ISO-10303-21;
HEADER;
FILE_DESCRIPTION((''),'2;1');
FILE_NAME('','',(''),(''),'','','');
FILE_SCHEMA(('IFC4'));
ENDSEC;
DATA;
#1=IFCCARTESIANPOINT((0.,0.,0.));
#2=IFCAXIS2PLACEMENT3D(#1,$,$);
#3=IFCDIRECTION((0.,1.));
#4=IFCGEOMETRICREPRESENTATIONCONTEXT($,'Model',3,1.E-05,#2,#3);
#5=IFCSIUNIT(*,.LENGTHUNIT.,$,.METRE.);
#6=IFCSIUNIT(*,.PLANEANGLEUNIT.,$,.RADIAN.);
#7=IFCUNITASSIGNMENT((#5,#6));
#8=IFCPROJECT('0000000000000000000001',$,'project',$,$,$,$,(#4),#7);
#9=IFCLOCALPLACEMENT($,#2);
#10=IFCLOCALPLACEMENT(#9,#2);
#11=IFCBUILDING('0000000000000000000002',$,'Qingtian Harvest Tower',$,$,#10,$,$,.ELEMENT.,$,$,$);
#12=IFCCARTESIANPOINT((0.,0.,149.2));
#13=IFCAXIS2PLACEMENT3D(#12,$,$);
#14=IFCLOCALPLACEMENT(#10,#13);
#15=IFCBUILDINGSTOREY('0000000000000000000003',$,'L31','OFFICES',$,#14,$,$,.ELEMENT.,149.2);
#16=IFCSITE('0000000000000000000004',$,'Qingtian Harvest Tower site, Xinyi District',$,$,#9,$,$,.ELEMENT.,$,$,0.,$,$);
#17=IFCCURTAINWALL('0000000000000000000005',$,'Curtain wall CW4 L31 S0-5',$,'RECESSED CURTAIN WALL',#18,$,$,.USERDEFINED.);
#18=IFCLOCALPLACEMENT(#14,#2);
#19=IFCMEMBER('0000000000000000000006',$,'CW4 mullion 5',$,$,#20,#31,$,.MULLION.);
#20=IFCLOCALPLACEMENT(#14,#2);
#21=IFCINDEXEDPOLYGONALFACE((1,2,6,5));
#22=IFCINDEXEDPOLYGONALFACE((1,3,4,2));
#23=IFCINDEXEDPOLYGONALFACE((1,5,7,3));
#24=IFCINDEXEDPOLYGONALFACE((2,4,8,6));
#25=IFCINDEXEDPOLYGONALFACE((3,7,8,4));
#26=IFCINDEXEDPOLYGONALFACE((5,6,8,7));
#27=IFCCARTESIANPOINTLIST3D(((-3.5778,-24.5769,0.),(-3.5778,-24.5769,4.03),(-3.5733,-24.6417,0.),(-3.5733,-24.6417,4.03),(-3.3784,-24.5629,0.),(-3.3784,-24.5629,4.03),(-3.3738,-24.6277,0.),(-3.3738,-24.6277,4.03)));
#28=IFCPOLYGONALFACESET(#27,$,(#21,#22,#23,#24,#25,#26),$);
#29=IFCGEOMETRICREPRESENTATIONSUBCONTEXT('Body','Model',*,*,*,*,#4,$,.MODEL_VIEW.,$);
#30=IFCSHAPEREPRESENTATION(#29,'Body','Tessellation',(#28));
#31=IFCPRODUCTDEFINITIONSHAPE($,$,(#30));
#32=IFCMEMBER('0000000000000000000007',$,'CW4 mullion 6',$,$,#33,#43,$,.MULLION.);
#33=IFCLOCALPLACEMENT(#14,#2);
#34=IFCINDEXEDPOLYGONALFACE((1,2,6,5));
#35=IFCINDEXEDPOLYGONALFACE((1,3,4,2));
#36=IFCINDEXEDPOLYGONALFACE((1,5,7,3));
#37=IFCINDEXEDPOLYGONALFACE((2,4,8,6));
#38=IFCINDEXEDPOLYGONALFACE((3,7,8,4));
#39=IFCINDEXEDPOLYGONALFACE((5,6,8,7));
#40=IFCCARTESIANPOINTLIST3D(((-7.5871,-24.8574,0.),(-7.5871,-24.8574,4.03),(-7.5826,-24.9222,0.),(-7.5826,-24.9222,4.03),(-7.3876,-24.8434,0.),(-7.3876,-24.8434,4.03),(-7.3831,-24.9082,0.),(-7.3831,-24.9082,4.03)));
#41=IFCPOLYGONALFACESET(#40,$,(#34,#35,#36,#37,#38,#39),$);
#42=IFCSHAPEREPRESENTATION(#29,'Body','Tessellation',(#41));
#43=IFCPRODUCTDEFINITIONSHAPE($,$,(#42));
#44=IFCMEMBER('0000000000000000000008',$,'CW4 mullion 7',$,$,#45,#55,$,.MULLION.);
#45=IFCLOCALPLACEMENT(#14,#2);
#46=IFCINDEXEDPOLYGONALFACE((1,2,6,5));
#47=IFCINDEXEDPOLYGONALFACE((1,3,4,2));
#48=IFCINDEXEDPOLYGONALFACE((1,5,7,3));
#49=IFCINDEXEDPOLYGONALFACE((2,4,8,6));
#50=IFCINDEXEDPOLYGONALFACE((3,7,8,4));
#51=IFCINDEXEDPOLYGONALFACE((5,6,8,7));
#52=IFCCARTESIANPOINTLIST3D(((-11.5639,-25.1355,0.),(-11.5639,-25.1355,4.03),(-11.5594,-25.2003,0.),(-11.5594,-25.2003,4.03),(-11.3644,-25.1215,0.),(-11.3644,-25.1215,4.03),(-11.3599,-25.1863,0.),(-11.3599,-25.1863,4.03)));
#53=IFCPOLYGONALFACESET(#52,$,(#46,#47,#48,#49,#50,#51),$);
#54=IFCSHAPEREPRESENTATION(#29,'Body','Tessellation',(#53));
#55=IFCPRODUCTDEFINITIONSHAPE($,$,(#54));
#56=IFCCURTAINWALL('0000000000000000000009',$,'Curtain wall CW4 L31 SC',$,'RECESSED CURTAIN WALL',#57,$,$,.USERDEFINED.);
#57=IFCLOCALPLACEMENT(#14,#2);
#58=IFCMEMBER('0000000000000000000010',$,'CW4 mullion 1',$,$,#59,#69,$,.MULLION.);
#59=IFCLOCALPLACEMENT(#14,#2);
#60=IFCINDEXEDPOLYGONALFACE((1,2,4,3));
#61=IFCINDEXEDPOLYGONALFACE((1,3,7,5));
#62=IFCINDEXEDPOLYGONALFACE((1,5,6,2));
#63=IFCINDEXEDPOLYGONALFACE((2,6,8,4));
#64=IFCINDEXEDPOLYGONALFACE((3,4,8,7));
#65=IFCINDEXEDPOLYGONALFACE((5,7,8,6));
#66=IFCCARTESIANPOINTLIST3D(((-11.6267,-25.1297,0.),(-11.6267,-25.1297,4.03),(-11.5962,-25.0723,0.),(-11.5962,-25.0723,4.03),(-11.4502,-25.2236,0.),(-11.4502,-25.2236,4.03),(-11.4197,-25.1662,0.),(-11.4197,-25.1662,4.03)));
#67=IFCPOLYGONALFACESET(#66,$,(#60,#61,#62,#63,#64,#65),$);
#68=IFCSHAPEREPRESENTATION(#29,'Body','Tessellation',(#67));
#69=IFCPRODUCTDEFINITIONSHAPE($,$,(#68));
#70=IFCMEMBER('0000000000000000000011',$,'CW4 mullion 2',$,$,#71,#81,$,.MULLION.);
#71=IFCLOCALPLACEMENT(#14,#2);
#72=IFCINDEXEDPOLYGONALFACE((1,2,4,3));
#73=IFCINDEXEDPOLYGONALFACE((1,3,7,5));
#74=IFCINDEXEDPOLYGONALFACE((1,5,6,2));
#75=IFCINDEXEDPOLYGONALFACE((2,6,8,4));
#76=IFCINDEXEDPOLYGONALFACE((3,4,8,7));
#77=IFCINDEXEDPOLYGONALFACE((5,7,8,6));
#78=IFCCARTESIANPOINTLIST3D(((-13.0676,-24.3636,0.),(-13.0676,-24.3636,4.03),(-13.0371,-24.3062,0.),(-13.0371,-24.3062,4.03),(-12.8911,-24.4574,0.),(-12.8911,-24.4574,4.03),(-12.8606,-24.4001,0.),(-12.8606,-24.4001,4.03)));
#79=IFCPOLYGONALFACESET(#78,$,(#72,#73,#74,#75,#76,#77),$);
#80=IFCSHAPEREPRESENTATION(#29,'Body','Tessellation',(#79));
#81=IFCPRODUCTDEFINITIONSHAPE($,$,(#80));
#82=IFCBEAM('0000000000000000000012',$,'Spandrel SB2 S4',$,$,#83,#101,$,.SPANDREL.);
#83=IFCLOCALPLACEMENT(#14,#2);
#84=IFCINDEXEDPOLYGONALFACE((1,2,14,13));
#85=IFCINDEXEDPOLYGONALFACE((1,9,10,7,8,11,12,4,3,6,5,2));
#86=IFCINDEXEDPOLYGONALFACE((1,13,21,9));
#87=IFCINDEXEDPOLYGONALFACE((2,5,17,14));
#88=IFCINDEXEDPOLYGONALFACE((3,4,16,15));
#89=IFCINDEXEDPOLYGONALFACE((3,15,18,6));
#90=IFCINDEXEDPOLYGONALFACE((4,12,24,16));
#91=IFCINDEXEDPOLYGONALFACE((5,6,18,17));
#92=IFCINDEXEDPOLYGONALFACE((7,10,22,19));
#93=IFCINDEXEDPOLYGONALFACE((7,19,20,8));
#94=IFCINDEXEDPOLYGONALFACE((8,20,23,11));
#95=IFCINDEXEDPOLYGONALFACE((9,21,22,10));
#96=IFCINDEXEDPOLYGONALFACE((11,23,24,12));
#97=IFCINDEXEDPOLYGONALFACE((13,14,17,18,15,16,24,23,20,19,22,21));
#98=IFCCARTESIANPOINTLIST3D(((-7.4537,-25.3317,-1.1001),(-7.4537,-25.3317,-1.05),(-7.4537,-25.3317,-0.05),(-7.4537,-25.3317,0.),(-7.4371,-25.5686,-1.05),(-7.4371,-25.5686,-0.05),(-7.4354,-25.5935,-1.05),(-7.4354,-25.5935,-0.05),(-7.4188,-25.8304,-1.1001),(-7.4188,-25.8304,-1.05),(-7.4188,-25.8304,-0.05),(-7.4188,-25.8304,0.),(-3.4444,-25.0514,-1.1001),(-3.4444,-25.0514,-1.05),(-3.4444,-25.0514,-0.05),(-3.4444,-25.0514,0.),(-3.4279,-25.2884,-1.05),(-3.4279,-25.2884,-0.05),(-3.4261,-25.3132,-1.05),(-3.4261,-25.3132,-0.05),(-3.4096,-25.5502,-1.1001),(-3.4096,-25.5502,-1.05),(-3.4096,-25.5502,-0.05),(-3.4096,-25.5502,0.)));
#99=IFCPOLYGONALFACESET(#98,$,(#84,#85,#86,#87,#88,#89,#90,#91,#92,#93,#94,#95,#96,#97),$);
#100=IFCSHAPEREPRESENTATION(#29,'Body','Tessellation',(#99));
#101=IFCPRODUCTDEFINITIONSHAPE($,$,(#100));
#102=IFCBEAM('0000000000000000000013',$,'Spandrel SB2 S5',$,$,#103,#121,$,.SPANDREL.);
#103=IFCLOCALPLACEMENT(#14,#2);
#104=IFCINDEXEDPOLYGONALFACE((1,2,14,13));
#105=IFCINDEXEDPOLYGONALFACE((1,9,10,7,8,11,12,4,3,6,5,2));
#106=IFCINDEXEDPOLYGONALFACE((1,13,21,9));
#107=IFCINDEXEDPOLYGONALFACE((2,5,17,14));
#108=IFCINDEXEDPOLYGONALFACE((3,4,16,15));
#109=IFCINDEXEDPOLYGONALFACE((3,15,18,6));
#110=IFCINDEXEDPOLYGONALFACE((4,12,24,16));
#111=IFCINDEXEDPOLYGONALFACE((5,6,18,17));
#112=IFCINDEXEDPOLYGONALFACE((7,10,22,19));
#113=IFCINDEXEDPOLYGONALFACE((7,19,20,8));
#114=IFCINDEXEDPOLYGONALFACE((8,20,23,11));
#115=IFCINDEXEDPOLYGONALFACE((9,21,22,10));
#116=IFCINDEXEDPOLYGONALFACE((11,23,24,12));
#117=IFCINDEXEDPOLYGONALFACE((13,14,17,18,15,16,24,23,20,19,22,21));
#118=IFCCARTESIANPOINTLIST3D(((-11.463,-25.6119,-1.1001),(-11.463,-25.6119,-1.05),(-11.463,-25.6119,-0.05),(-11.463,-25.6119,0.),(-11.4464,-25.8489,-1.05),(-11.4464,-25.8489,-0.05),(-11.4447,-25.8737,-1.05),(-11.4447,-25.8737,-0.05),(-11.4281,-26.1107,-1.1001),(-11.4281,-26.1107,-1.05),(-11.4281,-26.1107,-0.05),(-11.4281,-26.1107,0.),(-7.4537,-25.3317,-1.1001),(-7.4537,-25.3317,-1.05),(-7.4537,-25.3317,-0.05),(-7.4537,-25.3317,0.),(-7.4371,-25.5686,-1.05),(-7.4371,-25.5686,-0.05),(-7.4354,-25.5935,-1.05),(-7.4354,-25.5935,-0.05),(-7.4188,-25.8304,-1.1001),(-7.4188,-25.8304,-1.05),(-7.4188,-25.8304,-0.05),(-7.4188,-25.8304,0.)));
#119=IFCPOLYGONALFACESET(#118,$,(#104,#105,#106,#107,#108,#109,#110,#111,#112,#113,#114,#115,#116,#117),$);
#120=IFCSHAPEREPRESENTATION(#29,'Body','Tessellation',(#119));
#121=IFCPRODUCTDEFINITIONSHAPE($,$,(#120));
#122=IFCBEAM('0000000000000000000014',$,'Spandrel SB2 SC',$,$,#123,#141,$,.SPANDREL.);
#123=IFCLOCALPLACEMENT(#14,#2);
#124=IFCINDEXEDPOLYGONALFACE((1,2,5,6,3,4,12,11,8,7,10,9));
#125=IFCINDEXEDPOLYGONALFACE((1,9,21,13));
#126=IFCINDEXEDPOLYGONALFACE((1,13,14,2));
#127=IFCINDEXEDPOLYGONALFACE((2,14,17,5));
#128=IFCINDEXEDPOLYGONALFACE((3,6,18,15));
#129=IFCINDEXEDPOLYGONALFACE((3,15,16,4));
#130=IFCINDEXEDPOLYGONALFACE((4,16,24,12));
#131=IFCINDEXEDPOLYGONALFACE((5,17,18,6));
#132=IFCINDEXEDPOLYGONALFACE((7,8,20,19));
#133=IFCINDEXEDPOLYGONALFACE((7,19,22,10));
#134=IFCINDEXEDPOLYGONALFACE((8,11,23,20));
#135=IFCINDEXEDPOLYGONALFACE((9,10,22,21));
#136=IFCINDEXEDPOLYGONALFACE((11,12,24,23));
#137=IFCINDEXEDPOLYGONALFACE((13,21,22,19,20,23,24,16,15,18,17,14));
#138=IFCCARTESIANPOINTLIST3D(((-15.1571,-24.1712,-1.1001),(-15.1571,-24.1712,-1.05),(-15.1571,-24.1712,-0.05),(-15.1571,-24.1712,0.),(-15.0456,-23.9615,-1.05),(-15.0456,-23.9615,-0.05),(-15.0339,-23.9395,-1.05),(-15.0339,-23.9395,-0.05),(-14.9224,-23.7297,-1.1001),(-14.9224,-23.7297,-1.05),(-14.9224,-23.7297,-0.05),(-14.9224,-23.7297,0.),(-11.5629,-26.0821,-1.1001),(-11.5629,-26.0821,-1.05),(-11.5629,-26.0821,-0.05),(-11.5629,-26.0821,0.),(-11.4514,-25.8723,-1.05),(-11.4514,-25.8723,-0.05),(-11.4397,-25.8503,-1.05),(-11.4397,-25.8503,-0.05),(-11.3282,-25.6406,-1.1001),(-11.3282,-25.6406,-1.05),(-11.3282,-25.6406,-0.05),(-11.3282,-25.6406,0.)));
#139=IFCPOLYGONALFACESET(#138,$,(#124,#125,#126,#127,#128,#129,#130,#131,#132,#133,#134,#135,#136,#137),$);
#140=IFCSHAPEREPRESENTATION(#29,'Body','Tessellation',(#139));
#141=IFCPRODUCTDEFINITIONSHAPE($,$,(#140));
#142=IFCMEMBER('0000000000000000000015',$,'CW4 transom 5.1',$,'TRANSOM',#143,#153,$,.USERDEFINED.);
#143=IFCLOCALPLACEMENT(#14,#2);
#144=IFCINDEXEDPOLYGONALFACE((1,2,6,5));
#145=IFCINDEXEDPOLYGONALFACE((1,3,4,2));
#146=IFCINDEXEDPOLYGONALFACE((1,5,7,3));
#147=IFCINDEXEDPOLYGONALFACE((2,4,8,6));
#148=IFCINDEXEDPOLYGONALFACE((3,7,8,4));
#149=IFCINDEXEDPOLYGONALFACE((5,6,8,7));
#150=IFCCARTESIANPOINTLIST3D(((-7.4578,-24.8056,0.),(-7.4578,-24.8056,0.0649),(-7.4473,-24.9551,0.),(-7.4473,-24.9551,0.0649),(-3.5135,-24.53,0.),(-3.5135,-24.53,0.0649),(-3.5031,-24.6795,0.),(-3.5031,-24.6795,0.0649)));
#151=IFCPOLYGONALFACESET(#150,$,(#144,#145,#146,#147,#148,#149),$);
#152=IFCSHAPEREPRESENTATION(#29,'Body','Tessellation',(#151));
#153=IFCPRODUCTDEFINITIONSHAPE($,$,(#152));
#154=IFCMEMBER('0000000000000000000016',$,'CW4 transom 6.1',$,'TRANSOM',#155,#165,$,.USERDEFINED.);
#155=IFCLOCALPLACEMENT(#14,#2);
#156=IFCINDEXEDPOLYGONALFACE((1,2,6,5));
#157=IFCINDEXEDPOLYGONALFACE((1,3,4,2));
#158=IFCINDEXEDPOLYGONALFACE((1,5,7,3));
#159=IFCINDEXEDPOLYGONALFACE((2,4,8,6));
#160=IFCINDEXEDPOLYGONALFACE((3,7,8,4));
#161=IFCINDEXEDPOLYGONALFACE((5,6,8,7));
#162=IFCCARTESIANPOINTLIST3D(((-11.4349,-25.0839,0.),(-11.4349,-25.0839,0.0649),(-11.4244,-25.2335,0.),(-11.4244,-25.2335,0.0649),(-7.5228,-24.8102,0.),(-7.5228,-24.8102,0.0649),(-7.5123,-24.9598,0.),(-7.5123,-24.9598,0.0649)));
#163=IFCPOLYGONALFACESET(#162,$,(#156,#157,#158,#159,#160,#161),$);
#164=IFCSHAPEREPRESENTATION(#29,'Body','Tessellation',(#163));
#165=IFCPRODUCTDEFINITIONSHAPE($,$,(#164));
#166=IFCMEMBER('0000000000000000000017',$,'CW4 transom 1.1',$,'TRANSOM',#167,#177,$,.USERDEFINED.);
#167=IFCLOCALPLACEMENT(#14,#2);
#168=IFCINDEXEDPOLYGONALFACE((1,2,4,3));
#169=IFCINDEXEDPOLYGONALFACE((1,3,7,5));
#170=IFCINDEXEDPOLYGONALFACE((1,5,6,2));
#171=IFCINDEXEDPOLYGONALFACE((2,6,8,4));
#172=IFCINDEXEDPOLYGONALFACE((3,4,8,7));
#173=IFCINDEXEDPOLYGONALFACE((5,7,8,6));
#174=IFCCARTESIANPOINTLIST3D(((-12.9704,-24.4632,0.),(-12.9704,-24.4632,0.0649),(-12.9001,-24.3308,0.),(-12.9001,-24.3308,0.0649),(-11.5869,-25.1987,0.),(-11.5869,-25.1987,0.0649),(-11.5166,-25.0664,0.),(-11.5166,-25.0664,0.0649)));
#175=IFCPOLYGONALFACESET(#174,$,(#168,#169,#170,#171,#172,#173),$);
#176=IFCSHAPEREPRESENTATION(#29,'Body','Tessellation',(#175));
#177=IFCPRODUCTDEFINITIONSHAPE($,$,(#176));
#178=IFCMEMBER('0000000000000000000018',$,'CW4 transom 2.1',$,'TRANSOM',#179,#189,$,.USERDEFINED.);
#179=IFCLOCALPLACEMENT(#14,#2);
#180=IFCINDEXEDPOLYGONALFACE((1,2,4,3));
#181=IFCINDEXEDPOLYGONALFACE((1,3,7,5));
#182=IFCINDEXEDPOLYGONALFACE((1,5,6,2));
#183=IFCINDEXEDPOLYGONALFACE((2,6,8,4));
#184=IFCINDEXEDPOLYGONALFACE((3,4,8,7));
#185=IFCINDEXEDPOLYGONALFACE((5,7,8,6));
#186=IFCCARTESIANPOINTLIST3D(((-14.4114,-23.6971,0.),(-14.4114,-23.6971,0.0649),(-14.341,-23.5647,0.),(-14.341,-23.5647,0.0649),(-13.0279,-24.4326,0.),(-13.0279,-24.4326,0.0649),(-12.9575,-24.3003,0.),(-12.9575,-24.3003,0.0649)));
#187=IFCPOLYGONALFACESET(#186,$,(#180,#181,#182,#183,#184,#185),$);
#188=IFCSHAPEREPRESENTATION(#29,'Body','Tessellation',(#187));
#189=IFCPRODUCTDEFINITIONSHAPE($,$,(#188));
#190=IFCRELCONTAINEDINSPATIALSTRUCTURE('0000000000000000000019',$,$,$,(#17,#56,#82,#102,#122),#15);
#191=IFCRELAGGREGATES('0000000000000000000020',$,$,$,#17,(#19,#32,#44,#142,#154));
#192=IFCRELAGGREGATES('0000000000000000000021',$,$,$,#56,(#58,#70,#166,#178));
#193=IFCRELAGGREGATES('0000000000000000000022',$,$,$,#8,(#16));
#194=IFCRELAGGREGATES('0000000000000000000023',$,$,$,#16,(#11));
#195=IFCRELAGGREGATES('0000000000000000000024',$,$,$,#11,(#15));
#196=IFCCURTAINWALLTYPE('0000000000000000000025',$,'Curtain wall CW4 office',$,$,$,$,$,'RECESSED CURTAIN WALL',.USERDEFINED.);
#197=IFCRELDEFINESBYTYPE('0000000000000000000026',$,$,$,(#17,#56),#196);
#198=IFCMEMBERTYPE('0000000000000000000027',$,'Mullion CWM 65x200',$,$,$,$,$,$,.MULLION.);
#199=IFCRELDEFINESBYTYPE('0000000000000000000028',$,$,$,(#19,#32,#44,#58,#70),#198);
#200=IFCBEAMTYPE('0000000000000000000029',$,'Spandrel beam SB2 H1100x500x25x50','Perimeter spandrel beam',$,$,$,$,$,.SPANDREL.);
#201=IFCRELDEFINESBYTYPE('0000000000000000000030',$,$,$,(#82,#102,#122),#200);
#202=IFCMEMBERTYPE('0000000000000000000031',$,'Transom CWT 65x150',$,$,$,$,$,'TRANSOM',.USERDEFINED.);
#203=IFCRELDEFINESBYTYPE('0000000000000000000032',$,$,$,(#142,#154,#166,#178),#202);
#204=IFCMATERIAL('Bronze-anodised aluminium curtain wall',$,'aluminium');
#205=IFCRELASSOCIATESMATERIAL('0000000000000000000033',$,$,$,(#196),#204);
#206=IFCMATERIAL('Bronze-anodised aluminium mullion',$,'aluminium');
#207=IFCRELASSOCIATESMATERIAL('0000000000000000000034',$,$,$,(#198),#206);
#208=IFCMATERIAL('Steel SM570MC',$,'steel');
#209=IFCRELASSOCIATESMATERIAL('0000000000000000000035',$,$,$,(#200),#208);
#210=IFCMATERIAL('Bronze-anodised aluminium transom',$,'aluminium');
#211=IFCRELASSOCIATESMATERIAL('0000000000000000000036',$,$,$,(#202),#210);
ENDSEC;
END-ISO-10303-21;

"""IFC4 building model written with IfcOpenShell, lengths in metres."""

from ifc_helpers import new_model, si_unit, direction, frame, origin, origin_2d, place, context, subcontext, project, spatial, rectangle, i_section, extrude, material, material_profile, profile_set, type_object, element, aggregate, save


model = new_model("IFC4")

# Units and contexts
model_context = context("Model", 3, precision=1e-05, world=origin(), true_north=direction((0.0, 1.0)))
body_context = subcontext(model_context, "Body", "Model", "MODEL_VIEW")
ifc_project = project(units=[si_unit("LENGTHUNIT", "METRE"), si_unit("PLANEANGLEUNIT", "RADIAN")], contexts=[model_context])

# Site, building, storey
site_placement = place(None, origin())
site = spatial("IfcSite", under=ifc_project, at=site_placement, Name="Qingtian Harvest Tower site, Xinyi District", CompositionType="ELEMENT", RefElevation=0.0)
building_placement = place(site_placement, origin())
building = spatial("IfcBuilding", under=site, at=building_placement, Name="Qingtian Harvest Tower", CompositionType="ELEMENT")
storey_placement = place(building_placement, frame((0.0, 0.0, 149.2)))
storey = spatial("IfcBuildingStorey", under=building, at=storey_placement, Name="L31", Description="OFFICES", CompositionType="ELEMENT", Elevation=149.2)

# Curtain walls, members
ifc_material_1 = material(Name="Bronze-anodised aluminium curtain wall", Category="aluminium")
curtain_wall_type = type_object("IfcCurtainWallType", Name="Curtain wall CW4 office", ElementType="RECESSED CURTAIN WALL", PredefinedType="USERDEFINED", material=ifc_material_1)
curtain_wall_1_placement = place(storey_placement, origin())
curtain_wall_1 = element("IfcCurtainWall", 1, at=curtain_wall_1_placement, inside=storey, type_object=curtain_wall_type, Name="Curtain wall CW4 L31 S0-5", ObjectType="RECESSED CURTAIN WALL", PredefinedType="USERDEFINED")
ifc_material_2 = material(Name="Bronze-anodised aluminium mullion", Category="aluminium")
ifc_material_profile_1 = material_profile(ifc_material_2, rectangle(XDim=0.0649, YDim=0.2, at=origin_2d()), Name="AL 65x200")
ifc_profile_set_1 = profile_set([ifc_material_profile_1], Name="Bronze-anodised aluminium mullion")
member_type_1 = type_object("IfcMemberType", Name="Mullion CWM 65x200", PredefinedType="MULLION", material=ifc_profile_set_1)
member_1_placement = place(storey_placement, frame((-3.4758, -24.6023, 0.0), z_axis=(0.0, 0.0, 1.0), x_axis=(0.069756, -0.997564, 0.0)))
member_1 = element("IfcMember", 2, at=member_1_placement, type_object=member_type_1, Name="CW4 mullion 5", PredefinedType="MULLION", context=body_context, shape_type="SweptSolid", body=[
    extrude(rectangle(XDim=0.0649, YDim=0.2, at=origin_2d()), origin(), (0.0, 0.0, 1.0), 4.03),
])
member_2_placement = place(storey_placement, frame((-7.4851, -24.8828, 0.0), z_axis=(0.0, 0.0, 1.0), x_axis=(0.069756, -0.997564, 0.0)))
member_2 = element("IfcMember", 3, at=member_2_placement, type_object=member_type_1, Name="CW4 mullion 6", PredefinedType="MULLION", context=body_context, shape_type="SweptSolid", body=[
    extrude(rectangle(XDim=0.0649, YDim=0.2, at=origin_2d()), origin(), (0.0, 0.0, 1.0), 4.03),
])
member_3_placement = place(storey_placement, frame((-11.4619, -25.1609, 0.0), z_axis=(0.0, 0.0, 1.0), x_axis=(0.069756, -0.997564, 0.0)))
member_3 = element("IfcMember", 4, at=member_3_placement, type_object=member_type_1, Name="CW4 mullion 7", PredefinedType="MULLION", context=body_context, shape_type="SweptSolid", body=[
    extrude(rectangle(XDim=0.0649, YDim=0.2, at=origin_2d()), origin(), (0.0, 0.0, 1.0), 4.03),
])
curtain_wall_2_placement = place(storey_placement, origin())
curtain_wall_2 = element("IfcCurtainWall", 5, at=curtain_wall_2_placement, inside=storey, type_object=curtain_wall_type, Name="Curtain wall CW4 L31 SC", ObjectType="RECESSED CURTAIN WALL", PredefinedType="USERDEFINED")
member_4_placement = place(storey_placement, frame((-11.5232, -25.1479, 0.0), z_axis=(0.0, 0.0, 1.0), x_axis=(-0.469472, -0.882948, 0.0)))
member_4 = element("IfcMember", 6, at=member_4_placement, type_object=member_type_1, Name="CW4 mullion 1", PredefinedType="MULLION", context=body_context, shape_type="SweptSolid", body=[
    extrude(rectangle(XDim=0.0649, YDim=0.2, at=origin_2d()), origin(), (0.0, 0.0, 1.0), 4.03),
])
member_5_placement = place(storey_placement, frame((-12.9641, -24.3818, 0.0), z_axis=(0.0, 0.0, 1.0), x_axis=(-0.469472, -0.882948, 0.0)))
member_5 = element("IfcMember", 7, at=member_5_placement, type_object=member_type_1, Name="CW4 mullion 2", PredefinedType="MULLION", context=body_context, shape_type="SweptSolid", body=[
    extrude(rectangle(XDim=0.0649, YDim=0.2, at=origin_2d()), origin(), (0.0, 0.0, 1.0), 4.03),
])

# Beams
ifc_material_3 = material(Name="Steel SM570MC", Category="steel")
ifc_material_profile_2 = material_profile(ifc_material_3, i_section(OverallWidth=0.5, OverallDepth=1.1001, WebThickness=0.0249, FlangeThickness=0.05, at=origin_2d()), Name="H1100x500x25x50")
ifc_profile_set_2 = profile_set([ifc_material_profile_2], Name="Steel SM570MC")
beam_type_1 = type_object("IfcBeamType", Name="Spandrel beam SB2 H1100x500x25x50", Description="Perimeter spandrel beam", PredefinedType="SPANDREL", material=ifc_profile_set_2)
for number, where, z_axis, x_axis, name in (
    (8, (-3.427, -25.3008, -0.55), (-0.997565, -0.069736, 0.0), (0.069736, -0.997565, 0.0), "Spandrel SB2 S4"),
    (9, (-7.4363, -25.5811, -0.55), (-0.997565, -0.069736, 0.0), (0.069736, -0.997565, 0.0), "Spandrel SB2 S5"),
):
    element("IfcBeam", number, at=place(storey_placement, frame(where, z_axis=z_axis, x_axis=x_axis)), inside=storey, type_object=beam_type_1, Name=name, PredefinedType="SPANDREL", context=body_context, shape_type="SweptSolid", body=[
        extrude(i_section(OverallWidth=0.5, OverallDepth=1.1001, WebThickness=0.0249, FlangeThickness=0.05, at=origin_2d()), origin(), (0.0, 0.0, 1.0), 4.019),
    ])
beam_1_placement = place(storey_placement, frame((-11.4456, -25.8613, -0.55), z_axis=(-0.882968, 0.469433, 0.0), x_axis=(-0.469433, -0.882968, 0.0)))
element("IfcBeam", 10, at=beam_1_placement, inside=storey, type_object=beam_type_1, Name="Spandrel SB2 SC", PredefinedType="SPANDREL", context=body_context, shape_type="SweptSolid", body=[
    extrude(i_section(OverallWidth=0.5, OverallDepth=1.1001, WebThickness=0.0249, FlangeThickness=0.05, at=origin_2d()), origin(), (0.0, 0.0, 1.0), 4.0706),
])

# Members
ifc_material_4 = material(Name="Bronze-anodised aluminium transom", Category="aluminium")
ifc_material_profile_3 = material_profile(ifc_material_4, rectangle(XDim=0.1499, YDim=0.0649, at=origin_2d()), Name="AL 65x150")
ifc_profile_set_3 = profile_set([ifc_material_profile_3], Name="Bronze-anodised aluminium transom")
member_type_2 = type_object("IfcMemberType", Name="Transom CWT 65x150", ElementType="TRANSOM", PredefinedType="USERDEFINED", material=ifc_profile_set_3)
member_6_placement = place(storey_placement, frame((-3.5083, -24.6047, 0.0325), z_axis=(-0.997567, -0.069711, 0.0), x_axis=(0.069711, -0.997567, 0.0)))
member_6 = element("IfcMember", 11, at=member_6_placement, type_object=member_type_2, Name="CW4 transom 5.1", ObjectType="TRANSOM", PredefinedType="USERDEFINED", context=body_context, shape_type="SweptSolid", body=[
    extrude(rectangle(XDim=0.1499, YDim=0.0649, at=origin_2d()), origin(), (0.0, 0.0, 1.0), 3.9539),
])
member_7_placement = place(storey_placement, frame((-7.5176, -24.885, 0.0325), z_axis=(-0.997562, -0.069787, 0.0), x_axis=(0.069787, -0.997562, 0.0)))
member_7 = element("IfcMember", 12, at=member_7_placement, type_object=member_type_2, Name="CW4 transom 6.1", ObjectType="TRANSOM", PredefinedType="USERDEFINED", context=body_context, shape_type="SweptSolid", body=[
    extrude(rectangle(XDim=0.1499, YDim=0.0649, at=origin_2d()), origin(), (0.0, 0.0, 1.0), 3.9216),
])
member_8_placement = place(storey_placement, frame((-11.5518, -25.1326, 0.0325), z_axis=(-0.88296, 0.469448, 0.0), x_axis=(-0.469448, -0.88296, 0.0)))
member_8 = element("IfcMember", 13, at=member_8_placement, type_object=member_type_2, Name="CW4 transom 1.1", ObjectType="TRANSOM", PredefinedType="USERDEFINED", context=body_context, shape_type="SweptSolid", body=[
    extrude(rectangle(XDim=0.1499, YDim=0.0649, at=origin_2d()), origin(), (0.0, 0.0, 1.0), 1.5669),
])
member_9_placement = place(storey_placement, frame((-12.9927, -24.3665, 0.0325), z_axis=(-0.88296, 0.469448, 0.0), x_axis=(-0.469448, -0.88296, 0.0)))
member_9 = element("IfcMember", 14, at=member_9_placement, type_object=member_type_2, Name="CW4 transom 2.1", ObjectType="TRANSOM", PredefinedType="USERDEFINED", context=body_context, shape_type="SweptSolid", body=[
    extrude(rectangle(XDim=0.1499, YDim=0.0649, at=origin_2d()), origin(), (0.0, 0.0, 1.0), 1.5669),
])

aggregate(curtain_wall_1, [member_1, member_2, member_3, member_6, member_7])
aggregate(curtain_wall_2, [member_4, member_5, member_8, member_9])

save(model, "model.ifc")
